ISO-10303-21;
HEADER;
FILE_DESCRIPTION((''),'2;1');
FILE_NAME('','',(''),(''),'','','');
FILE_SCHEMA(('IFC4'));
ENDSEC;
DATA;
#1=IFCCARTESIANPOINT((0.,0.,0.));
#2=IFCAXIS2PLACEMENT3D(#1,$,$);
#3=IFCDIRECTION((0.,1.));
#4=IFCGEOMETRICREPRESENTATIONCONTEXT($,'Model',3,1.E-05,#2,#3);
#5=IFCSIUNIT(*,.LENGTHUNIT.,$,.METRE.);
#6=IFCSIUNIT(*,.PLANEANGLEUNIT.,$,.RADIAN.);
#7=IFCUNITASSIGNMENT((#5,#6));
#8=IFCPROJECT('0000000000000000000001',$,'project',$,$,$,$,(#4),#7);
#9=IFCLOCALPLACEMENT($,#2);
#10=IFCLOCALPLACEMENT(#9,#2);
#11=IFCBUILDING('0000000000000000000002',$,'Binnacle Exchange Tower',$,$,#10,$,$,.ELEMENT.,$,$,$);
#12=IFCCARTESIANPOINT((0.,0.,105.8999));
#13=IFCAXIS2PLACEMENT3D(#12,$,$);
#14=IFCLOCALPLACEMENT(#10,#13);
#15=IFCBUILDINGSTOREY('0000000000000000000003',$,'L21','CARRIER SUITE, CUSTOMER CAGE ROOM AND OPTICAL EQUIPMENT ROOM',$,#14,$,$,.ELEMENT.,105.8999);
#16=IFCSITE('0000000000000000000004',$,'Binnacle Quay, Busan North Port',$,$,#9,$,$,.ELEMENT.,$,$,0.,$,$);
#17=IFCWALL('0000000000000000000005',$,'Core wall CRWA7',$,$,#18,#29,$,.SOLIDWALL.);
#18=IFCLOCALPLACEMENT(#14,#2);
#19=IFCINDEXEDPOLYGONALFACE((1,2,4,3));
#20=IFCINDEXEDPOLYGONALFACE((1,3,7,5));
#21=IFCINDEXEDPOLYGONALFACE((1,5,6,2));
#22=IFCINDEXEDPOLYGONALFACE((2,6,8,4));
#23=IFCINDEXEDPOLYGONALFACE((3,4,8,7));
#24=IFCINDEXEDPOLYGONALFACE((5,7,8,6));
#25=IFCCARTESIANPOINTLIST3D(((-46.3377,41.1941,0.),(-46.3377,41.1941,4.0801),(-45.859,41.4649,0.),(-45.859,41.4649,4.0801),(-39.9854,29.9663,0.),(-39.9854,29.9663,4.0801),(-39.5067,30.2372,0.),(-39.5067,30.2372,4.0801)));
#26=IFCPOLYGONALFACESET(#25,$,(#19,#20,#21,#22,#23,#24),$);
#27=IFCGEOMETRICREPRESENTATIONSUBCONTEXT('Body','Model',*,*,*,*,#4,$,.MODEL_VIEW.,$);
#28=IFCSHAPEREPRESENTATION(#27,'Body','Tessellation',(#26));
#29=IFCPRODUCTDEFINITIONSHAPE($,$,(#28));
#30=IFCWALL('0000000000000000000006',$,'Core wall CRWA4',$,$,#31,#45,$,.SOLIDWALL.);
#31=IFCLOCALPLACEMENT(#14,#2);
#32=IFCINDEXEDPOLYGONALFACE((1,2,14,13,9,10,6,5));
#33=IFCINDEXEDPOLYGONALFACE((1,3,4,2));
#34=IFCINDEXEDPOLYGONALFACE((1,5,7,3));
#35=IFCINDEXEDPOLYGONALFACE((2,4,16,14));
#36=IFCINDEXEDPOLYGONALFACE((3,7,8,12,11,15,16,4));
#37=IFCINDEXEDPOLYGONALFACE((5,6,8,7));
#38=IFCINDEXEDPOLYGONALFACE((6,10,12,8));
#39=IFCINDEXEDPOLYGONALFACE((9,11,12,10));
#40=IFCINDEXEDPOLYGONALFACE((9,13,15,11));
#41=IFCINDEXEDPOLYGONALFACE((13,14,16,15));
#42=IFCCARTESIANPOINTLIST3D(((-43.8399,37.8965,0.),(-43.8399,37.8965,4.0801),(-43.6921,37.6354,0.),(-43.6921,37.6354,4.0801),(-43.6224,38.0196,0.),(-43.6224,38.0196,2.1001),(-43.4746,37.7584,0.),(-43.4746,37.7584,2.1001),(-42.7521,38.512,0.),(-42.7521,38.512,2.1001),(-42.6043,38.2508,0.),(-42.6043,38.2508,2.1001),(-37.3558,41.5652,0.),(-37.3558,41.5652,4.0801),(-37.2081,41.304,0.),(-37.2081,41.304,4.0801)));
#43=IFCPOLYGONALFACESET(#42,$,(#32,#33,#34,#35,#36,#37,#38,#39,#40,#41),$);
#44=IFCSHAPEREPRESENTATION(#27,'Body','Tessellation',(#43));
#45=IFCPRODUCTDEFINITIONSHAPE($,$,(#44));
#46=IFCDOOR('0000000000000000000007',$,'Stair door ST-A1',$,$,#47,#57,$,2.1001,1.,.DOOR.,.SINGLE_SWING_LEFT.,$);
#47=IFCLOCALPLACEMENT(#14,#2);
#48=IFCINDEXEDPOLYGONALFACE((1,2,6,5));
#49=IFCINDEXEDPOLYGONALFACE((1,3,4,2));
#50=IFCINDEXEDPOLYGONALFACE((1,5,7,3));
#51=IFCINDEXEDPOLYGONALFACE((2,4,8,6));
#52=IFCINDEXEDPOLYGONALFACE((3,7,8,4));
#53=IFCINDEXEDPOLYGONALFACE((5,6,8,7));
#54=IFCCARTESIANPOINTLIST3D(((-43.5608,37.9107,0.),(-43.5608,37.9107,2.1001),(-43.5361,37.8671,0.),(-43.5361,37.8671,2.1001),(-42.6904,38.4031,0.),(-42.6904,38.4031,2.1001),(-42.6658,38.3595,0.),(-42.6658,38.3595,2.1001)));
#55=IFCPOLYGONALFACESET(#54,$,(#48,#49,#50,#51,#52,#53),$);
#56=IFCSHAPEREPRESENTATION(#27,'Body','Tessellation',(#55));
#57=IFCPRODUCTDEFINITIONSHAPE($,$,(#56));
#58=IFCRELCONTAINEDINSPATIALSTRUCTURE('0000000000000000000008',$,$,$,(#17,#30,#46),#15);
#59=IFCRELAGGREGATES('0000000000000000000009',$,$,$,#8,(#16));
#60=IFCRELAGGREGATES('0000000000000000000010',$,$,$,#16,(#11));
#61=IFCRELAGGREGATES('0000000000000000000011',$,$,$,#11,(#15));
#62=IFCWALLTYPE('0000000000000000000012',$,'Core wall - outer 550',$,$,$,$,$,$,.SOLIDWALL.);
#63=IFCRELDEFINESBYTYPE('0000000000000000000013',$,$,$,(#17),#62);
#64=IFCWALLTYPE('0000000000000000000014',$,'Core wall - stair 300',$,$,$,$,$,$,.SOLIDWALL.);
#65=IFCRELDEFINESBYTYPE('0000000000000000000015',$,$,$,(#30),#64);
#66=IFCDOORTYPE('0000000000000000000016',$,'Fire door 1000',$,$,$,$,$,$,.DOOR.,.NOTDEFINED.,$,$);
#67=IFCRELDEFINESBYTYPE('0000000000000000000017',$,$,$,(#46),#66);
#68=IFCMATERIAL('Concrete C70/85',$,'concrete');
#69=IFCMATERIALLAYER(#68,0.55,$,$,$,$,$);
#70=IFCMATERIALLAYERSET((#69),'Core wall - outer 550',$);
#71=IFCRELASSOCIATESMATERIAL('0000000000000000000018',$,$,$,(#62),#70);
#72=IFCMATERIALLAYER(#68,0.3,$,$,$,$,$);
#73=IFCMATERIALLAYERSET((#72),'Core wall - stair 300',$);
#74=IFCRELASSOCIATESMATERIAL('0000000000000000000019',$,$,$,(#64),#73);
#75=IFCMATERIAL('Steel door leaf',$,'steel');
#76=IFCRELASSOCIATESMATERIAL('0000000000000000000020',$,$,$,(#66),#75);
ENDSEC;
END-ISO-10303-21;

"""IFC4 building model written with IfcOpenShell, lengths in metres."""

from ifc_helpers import new_model, si_unit, direction, frame, frame_2d, origin, place, context, subcontext, project, spatial, rectangle, extrude, material, layer, layer_set, type_object, element, fill, save


model = new_model("IFC4")

# Units and contexts
model_context = context("Model", 3, precision=1e-05, world=origin(), true_north=direction((0.0, 1.0)))
body_context = subcontext(model_context, "Body", "Model", "MODEL_VIEW")
ifc_project = project(units=[si_unit("LENGTHUNIT", "METRE"), si_unit("PLANEANGLEUNIT", "RADIAN")], contexts=[model_context])

# Site, building, storey
site_placement = place(None, origin())
site = spatial("IfcSite", under=ifc_project, at=site_placement, Name="Binnacle Quay, Busan North Port", CompositionType="ELEMENT", RefElevation=0.0)
building_placement = place(site_placement, origin())
building = spatial("IfcBuilding", under=site, at=building_placement, Name="Binnacle Exchange Tower", CompositionType="ELEMENT")
storey_placement = place(building_placement, frame((0.0, 0.0, 105.8999)))
storey = spatial("IfcBuildingStorey", under=building, at=storey_placement, Name="L21", Description="CARRIER SUITE, CUSTOMER CAGE ROOM AND OPTICAL EQUIPMENT ROOM", CompositionType="ELEMENT", Elevation=105.8999)

# Shared definitions
ifc_material_1 = material(Name="Concrete C70/85", Category="concrete")

# Wall
ifc_layer_1 = layer(ifc_material_1, 0.55)
ifc_layer_set_1 = layer_set([ifc_layer_1], Name="Core wall - outer 550")
wall_type_1 = type_object("IfcWallType", Name="Core wall - outer 550", PredefinedType="SOLIDWALL", material=ifc_layer_set_1)
wall_1_placement = place(storey_placement, frame((-46.0984, 41.3296, 0.0), z_axis=(0.0, 0.0, 1.0), x_axis=(0.492419, -0.870358, 0.0)))
element("IfcWall", 1, at=wall_1_placement, inside=storey, type_object=wall_type_1, Name="Core wall CRWA7", PredefinedType="SOLIDWALL", context=body_context, shape_type="SweptSolid", body=[
    extrude(rectangle(XDim=12.9001, YDim=0.55, at=frame_2d((6.4502, 0.0))), origin(), (0.0, 0.0, 1.0), 4.0801),
])

# Wall, opening, door
ifc_layer_2 = layer(ifc_material_1, 0.3)
ifc_layer_set_2 = layer_set([ifc_layer_2], Name="Core wall - stair 300")
wall_type_2 = type_object("IfcWallType", Name="Core wall - stair 300", PredefinedType="SOLIDWALL", material=ifc_layer_set_2)
wall_2_placement = place(storey_placement, frame((-43.7661, 37.7659, 0.0), z_axis=(0.0, 0.0, 1.0), x_axis=(0.870347, 0.492439, 0.0)))
wall_2 = element("IfcWall", 2, at=wall_2_placement, inside=storey, type_object=wall_type_2, Name="Core wall CRWA4", PredefinedType="SOLIDWALL", context=body_context, shape_type="SweptSolid", body=[
    extrude(rectangle(XDim=7.45, YDim=0.3, at=frame_2d((3.7251, 0.0))), origin(), (0.0, 0.0, 1.0), 4.0801),
])
opening_1_placement = place(wall_2_placement, frame((0.25, 0.0, 0.0)))
opening_1 = element("IfcOpeningElement", 3, at=opening_1_placement, cuts=wall_2, PredefinedType="OPENING", context=body_context, shape_type="SweptSolid", body=[
    extrude(rectangle(XDim=1.0, YDim=2.1001, at=frame_2d((0.5, 1.05))), frame((0.0, 0.1599, 0.0), z_axis=(0.0, -1.0, 0.0), x_axis=(1.0, 0.0, 0.0)), (0.0, 0.0, 1.0), 0.3201),
])
ifc_material_2 = material(Name="Steel door leaf", Category="steel")
door_type = type_object("IfcDoorType", Name="Fire door 1000", OperationType="NOTDEFINED", PredefinedType="DOOR", material=ifc_material_2)
door_placement = place(opening_1_placement, origin())
door = element("IfcDoor", 4, at=door_placement, inside=storey, type_object=door_type, Name="Stair door ST-A1", OperationType="SINGLE_SWING_LEFT", OverallHeight=2.1001, OverallWidth=1.0, PredefinedType="DOOR", context=body_context, shape_type="SweptSolid", body=[
    extrude(rectangle(XDim=1.0, YDim=2.1001, at=frame_2d((0.5, 1.05))), frame((0.0, 0.0249, 0.0), z_axis=(0.0, -1.0, 0.0), x_axis=(1.0, 0.0, 0.0)), (0.0, 0.0, 1.0), 0.05),
])
fill(opening_1, door)

save(model, "model.ifc")
